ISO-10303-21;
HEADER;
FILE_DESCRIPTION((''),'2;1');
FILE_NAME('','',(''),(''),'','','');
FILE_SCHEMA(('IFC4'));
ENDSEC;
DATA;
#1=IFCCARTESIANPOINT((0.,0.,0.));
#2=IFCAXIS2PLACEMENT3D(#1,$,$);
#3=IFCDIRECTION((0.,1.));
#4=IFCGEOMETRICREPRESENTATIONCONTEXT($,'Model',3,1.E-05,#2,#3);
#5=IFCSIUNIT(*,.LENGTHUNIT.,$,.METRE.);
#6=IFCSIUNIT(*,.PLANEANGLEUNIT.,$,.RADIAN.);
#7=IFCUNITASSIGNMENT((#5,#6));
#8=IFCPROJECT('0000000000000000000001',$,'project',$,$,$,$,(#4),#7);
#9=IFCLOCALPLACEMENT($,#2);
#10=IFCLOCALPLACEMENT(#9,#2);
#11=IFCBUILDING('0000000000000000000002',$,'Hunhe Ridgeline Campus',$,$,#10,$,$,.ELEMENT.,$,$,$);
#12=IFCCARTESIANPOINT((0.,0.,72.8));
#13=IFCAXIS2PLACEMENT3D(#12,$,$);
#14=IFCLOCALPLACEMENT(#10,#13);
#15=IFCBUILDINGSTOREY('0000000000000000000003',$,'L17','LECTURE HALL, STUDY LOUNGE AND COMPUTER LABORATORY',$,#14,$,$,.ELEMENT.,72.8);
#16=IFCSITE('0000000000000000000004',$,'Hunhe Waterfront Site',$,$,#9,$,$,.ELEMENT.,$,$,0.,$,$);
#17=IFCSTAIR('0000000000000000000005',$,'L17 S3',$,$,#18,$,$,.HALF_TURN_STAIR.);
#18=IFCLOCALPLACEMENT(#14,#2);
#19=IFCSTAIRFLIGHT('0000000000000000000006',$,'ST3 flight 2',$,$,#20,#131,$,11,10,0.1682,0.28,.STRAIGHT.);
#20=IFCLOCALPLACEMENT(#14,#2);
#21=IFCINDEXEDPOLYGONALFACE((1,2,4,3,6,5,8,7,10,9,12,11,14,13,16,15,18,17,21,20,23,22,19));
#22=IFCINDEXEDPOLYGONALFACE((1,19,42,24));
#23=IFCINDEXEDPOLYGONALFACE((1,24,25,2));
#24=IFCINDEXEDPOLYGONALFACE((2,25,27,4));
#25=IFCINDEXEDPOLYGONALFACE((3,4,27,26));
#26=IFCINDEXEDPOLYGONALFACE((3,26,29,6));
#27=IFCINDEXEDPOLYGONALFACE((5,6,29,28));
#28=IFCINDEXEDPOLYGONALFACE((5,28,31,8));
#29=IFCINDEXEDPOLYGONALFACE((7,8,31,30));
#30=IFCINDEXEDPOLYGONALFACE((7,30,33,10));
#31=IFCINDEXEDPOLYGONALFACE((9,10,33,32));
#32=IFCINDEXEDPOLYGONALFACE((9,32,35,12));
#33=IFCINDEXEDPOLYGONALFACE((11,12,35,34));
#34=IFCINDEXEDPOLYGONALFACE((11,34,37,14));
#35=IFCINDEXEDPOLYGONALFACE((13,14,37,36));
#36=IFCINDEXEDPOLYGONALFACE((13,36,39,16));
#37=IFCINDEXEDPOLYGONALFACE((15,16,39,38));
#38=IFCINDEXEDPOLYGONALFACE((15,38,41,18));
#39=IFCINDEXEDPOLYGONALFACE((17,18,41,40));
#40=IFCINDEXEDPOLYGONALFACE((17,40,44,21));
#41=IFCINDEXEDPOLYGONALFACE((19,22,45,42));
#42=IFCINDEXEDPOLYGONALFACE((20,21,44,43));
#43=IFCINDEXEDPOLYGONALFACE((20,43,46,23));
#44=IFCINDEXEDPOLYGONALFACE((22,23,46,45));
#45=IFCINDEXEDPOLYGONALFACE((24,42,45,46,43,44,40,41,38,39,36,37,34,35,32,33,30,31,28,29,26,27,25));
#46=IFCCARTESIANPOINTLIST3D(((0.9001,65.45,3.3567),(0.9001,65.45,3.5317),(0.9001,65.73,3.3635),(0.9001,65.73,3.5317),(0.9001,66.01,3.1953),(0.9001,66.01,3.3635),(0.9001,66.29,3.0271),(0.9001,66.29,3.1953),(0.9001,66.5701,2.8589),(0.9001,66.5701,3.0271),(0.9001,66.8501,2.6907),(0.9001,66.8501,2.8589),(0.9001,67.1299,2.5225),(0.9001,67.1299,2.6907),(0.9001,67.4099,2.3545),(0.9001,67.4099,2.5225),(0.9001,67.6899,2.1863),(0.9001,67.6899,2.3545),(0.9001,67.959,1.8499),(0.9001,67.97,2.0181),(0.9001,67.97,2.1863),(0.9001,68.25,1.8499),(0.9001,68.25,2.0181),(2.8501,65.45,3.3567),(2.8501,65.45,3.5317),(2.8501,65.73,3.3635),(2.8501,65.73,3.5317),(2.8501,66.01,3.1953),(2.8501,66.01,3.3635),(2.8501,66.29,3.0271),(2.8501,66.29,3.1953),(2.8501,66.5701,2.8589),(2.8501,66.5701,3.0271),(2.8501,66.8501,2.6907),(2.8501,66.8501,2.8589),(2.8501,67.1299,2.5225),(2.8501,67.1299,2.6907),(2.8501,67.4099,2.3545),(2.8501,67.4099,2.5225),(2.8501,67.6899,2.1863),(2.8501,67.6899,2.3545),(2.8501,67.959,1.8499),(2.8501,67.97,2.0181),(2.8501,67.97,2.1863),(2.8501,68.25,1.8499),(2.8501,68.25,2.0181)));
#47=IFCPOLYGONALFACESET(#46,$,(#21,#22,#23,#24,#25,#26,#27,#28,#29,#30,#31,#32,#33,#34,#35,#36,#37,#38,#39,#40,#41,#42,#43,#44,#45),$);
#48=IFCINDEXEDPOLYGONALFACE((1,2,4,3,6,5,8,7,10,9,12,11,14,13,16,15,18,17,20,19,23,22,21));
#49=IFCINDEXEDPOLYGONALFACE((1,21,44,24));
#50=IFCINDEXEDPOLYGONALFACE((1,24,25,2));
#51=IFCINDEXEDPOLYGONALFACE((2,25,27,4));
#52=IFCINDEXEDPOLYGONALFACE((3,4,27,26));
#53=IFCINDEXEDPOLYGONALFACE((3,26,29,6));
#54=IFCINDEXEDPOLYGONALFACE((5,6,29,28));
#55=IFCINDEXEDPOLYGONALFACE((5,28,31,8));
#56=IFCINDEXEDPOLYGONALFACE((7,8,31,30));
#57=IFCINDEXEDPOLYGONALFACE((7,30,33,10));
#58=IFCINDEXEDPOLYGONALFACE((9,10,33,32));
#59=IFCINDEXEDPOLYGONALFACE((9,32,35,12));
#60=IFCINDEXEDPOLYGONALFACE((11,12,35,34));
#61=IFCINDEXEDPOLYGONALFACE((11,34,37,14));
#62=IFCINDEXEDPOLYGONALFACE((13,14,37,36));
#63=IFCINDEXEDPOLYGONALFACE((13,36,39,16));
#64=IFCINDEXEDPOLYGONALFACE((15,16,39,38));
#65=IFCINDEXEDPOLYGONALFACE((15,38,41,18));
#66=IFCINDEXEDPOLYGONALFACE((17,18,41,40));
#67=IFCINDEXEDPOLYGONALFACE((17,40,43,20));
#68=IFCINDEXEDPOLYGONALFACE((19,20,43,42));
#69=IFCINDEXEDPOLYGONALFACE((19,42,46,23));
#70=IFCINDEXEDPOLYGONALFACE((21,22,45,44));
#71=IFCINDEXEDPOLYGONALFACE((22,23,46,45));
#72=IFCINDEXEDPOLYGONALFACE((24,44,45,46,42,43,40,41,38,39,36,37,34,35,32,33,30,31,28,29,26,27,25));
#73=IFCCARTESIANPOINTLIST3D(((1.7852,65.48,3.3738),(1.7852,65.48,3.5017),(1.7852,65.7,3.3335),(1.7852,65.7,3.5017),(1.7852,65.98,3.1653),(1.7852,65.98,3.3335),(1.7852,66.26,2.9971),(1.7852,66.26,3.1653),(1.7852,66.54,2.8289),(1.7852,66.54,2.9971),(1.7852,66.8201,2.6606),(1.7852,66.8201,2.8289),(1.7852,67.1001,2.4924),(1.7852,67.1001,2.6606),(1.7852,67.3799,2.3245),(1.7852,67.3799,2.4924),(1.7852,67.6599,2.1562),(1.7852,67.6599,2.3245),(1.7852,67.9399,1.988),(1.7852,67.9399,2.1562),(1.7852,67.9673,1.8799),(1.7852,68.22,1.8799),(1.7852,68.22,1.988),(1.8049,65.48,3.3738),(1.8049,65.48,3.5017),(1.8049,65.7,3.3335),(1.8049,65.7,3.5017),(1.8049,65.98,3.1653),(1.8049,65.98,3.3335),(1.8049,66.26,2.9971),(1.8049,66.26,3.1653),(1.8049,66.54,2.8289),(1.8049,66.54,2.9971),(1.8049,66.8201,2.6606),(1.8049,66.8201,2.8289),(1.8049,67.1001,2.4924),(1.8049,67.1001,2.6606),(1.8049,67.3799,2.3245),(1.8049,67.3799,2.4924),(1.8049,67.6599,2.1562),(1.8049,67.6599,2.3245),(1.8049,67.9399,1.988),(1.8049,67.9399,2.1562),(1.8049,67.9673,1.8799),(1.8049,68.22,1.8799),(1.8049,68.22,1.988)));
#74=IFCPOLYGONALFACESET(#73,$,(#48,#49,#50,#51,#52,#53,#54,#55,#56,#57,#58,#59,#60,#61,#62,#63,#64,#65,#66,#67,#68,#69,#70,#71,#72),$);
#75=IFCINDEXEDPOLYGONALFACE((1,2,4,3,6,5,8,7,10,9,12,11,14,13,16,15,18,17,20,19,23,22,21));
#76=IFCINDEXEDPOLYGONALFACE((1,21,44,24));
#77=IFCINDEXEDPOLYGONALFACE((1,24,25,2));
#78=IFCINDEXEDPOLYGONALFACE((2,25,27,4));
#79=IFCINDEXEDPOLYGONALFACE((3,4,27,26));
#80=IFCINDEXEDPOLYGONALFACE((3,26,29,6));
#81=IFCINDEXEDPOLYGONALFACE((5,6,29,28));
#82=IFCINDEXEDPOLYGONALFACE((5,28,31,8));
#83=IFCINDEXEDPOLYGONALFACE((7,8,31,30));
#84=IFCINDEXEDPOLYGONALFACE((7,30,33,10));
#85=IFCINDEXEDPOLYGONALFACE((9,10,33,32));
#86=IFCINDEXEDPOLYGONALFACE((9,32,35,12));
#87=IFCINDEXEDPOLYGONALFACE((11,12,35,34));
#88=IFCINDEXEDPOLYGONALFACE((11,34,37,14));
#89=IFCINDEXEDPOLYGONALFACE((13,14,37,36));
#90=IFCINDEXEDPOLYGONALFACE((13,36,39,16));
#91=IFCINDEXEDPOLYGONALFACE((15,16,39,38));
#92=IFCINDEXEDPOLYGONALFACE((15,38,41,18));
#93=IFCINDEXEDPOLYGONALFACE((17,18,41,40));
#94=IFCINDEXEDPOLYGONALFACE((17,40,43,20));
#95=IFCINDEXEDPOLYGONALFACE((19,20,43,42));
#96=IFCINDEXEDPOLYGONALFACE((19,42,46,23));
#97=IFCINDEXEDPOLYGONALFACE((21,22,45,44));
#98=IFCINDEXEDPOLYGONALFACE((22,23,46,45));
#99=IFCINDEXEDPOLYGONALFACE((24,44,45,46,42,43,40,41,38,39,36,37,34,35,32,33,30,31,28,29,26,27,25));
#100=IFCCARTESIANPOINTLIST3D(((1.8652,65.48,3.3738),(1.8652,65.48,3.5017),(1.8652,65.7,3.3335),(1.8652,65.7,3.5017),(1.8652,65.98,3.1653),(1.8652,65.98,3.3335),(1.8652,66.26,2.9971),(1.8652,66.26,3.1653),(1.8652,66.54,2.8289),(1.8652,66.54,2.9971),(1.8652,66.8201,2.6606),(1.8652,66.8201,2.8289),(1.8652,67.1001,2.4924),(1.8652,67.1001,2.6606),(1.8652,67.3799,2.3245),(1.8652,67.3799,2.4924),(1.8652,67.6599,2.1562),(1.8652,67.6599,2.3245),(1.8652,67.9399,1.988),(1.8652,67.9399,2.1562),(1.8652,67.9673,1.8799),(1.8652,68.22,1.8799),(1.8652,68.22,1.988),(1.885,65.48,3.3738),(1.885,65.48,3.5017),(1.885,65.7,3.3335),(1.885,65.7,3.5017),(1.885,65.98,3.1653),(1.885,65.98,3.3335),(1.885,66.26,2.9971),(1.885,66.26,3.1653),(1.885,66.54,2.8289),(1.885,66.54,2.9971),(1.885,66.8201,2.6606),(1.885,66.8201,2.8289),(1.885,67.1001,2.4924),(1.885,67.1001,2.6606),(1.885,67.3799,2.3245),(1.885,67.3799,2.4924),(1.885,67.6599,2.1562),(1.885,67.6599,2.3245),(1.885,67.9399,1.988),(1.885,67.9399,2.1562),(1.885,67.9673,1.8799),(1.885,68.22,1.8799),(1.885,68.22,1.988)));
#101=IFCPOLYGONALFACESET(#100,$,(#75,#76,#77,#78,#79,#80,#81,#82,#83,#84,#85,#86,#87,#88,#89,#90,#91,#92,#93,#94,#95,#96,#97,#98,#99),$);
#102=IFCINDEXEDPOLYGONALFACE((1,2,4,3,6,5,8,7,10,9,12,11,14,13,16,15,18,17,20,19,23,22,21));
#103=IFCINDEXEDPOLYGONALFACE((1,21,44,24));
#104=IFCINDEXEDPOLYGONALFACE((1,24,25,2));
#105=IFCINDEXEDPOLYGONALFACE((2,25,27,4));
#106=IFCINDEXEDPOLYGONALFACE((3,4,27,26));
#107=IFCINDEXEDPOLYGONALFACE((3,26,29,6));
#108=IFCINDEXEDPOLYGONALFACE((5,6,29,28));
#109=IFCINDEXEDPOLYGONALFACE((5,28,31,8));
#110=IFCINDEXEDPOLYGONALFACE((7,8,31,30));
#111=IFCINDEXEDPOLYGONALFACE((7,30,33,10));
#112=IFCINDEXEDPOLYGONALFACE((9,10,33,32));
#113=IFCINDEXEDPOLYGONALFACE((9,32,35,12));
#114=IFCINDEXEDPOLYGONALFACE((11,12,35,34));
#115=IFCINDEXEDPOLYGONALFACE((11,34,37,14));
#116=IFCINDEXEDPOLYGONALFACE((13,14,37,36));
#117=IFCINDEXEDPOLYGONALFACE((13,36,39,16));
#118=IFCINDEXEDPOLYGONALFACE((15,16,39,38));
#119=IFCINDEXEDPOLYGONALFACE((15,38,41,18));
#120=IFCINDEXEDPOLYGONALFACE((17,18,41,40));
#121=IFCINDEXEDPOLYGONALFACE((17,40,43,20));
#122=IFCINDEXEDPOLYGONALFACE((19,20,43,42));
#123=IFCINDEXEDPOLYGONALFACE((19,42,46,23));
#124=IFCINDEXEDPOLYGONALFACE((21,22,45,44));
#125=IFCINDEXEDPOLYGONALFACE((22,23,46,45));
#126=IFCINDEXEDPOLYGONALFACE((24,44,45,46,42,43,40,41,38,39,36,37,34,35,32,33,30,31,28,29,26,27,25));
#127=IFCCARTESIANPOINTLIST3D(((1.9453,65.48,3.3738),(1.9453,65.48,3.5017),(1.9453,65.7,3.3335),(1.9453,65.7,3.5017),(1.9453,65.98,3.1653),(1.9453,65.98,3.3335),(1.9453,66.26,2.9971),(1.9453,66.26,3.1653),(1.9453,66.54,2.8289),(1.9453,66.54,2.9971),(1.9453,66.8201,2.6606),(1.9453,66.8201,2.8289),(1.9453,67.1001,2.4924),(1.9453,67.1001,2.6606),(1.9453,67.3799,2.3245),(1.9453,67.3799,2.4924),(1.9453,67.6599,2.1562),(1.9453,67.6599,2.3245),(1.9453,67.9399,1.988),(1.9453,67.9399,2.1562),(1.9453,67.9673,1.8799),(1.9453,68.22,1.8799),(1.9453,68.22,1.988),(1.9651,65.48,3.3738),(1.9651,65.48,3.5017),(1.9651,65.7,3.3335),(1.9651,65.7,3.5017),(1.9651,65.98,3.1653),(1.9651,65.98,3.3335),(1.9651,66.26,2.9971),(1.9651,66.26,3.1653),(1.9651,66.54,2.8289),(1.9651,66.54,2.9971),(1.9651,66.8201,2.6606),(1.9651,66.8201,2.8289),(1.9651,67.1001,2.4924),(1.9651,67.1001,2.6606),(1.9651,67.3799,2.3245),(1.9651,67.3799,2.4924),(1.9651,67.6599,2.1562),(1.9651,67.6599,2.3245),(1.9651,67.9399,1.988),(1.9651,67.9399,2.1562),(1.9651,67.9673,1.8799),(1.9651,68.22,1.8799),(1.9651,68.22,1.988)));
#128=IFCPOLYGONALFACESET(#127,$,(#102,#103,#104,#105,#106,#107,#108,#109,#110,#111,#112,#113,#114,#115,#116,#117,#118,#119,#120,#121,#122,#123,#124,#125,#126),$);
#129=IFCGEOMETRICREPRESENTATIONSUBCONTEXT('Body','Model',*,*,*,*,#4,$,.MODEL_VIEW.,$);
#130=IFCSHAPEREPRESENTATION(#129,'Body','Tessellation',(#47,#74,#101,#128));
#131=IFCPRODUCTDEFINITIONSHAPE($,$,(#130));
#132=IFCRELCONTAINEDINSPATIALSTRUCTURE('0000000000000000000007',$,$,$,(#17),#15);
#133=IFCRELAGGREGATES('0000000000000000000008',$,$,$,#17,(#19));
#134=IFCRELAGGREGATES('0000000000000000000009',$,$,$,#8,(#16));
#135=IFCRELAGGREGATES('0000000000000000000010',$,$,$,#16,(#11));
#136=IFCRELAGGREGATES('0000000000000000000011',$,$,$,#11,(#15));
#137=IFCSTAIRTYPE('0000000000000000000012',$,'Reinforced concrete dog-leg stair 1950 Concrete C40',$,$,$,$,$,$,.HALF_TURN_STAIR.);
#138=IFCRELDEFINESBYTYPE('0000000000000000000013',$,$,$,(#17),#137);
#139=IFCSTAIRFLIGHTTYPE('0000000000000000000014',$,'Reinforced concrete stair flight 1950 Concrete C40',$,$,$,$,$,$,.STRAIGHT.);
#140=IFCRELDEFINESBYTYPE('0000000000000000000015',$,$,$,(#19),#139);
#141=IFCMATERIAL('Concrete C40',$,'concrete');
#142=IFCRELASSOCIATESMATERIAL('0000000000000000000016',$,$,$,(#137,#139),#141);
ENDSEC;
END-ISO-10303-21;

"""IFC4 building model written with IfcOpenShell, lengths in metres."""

from ifc_helpers import new_model, si_unit, direction, frame, origin, place, context, subcontext, project, spatial, polyline, outline, extrude, material, type_object, element, aggregate, save


model = new_model("IFC4")

# Units and contexts
model_context = context("Model", 3, precision=1e-05, world=origin(), true_north=direction((0.0, 1.0)))
body_context = subcontext(model_context, "Body", "Model", "MODEL_VIEW")
ifc_project = project(units=[si_unit("LENGTHUNIT", "METRE"), si_unit("PLANEANGLEUNIT", "RADIAN")], contexts=[model_context])

# Site, building, storey
site_placement = place(None, origin())
site = spatial("IfcSite", under=ifc_project, at=site_placement, Name="Hunhe Waterfront Site", CompositionType="ELEMENT", RefElevation=0.0)
building_placement = place(site_placement, origin())
building = spatial("IfcBuilding", under=site, at=building_placement, Name="Hunhe Ridgeline Campus", CompositionType="ELEMENT")
storey_placement = place(building_placement, frame((0.0, 0.0, 72.8)))
storey = spatial("IfcBuildingStorey", under=building, at=storey_placement, Name="L17", Description="LECTURE HALL, STUDY LOUNGE AND COMPUTER LABORATORY", CompositionType="ELEMENT", Elevation=72.8)

# Stair, stair flight
ifc_material_1 = material(Name="Concrete C40", Category="concrete")
stair_type = type_object("IfcStairType", Name="Reinforced concrete dog-leg stair 1950 Concrete C40", PredefinedType="HALF_TURN_STAIR", material=ifc_material_1)
stair_1_placement = place(storey_placement, origin())
stair_1 = element("IfcStair", 1, at=stair_1_placement, inside=storey, type_object=stair_type, Name="L17 S3", PredefinedType="HALF_TURN_STAIR")
stair_flight_type = type_object("IfcStairFlightType", Name="Reinforced concrete stair flight 1950 Concrete C40", PredefinedType="STRAIGHT", material=ifc_material_1)
stair_flight_1_placement = place(storey_placement, frame((1.875, 68.25, 1.8499), z_axis=(0.0, 0.0, 1.0), x_axis=(0.0, -1.0, 0.0)))
stair_flight_1 = element("IfcStairFlight", 2, at=stair_flight_1_placement, type_object=stair_flight_type, Name="ST3 flight 2", NumberOfRisers=11, NumberOfTreads=10, PredefinedType="STRAIGHT", RiserHeight=0.1682, TreadLength=0.28, context=body_context, shape_type="SweptSolid", body=[
    extrude(outline(polyline([(0.0, 0.0), (0.0, 0.1682), (0.28, 0.1682), (0.28, 0.3364), (0.5601, 0.3364), (0.5601, 0.5046), (0.8401, 0.5046), (0.8401, 0.6726), (1.1201, 0.6726), (1.1201, 0.8408), (1.3999, 0.8408), (1.3999, 1.009), (1.6799, 1.009), (1.6799, 1.1772), (1.96, 1.1772), (1.96, 1.3455), (2.24, 1.3455), (2.24, 1.5137), (2.52, 1.5137), (2.52, 1.6819), (2.8, 1.6819), (2.8, 1.8501), (2.8, 1.5068), (0.291, 0.0), (0.0, 0.0)])), frame((0.0, 0.9751, 0.0), z_axis=(0.0, -1.0, 0.0), x_axis=(1.0, 0.0, 0.0)), (0.0, 0.0, 1.0), 1.95),
    extrude(outline(polyline([(0.03, 0.03), (0.03, 0.1382), (0.3101, 0.1382), (0.3101, 0.3064), (0.5901, 0.3064), (0.5901, 0.4746), (0.8701, 0.4746), (0.8701, 0.6426), (1.1499, 0.6426), (1.1499, 0.8108), (1.4299, 0.8108), (1.4299, 0.979), (1.71, 0.979), (1.71, 1.1472), (1.99, 1.1472), (1.99, 1.3154), (2.27, 1.3154), (2.27, 1.4836), (2.55, 1.4836), (2.55, 1.6519), (2.77, 1.6519), (2.77, 1.5239), (0.2827, 0.03), (0.03, 0.03)])), frame((0.0, -0.0701, 0.0), z_axis=(0.0, -1.0, 0.0), x_axis=(1.0, 0.0, 0.0)), (0.0, 0.0, 1.0), 0.0198),
    extrude(outline(polyline([(0.03, 0.03), (0.03, 0.1382), (0.3101, 0.1382), (0.3101, 0.3064), (0.5901, 0.3064), (0.5901, 0.4746), (0.8701, 0.4746), (0.8701, 0.6426), (1.1499, 0.6426), (1.1499, 0.8108), (1.4299, 0.8108), (1.4299, 0.979), (1.71, 0.979), (1.71, 1.1472), (1.99, 1.1472), (1.99, 1.3154), (2.27, 1.3154), (2.27, 1.4836), (2.55, 1.4836), (2.55, 1.6519), (2.77, 1.6519), (2.77, 1.5239), (0.2827, 0.03), (0.03, 0.03)])), frame((0.0, 0.01, 0.0), z_axis=(0.0, -1.0, 0.0), x_axis=(1.0, 0.0, 0.0)), (0.0, 0.0, 1.0), 0.0198),
    extrude(outline(polyline([(0.03, 0.03), (0.03, 0.1382), (0.3101, 0.1382), (0.3101, 0.3064), (0.5901, 0.3064), (0.5901, 0.4746), (0.8701, 0.4746), (0.8701, 0.6426), (1.1499, 0.6426), (1.1499, 0.8108), (1.4299, 0.8108), (1.4299, 0.979), (1.71, 0.979), (1.71, 1.1472), (1.99, 1.1472), (1.99, 1.3154), (2.27, 1.3154), (2.27, 1.4836), (2.55, 1.4836), (2.55, 1.6519), (2.77, 1.6519), (2.77, 1.5239), (0.2827, 0.03), (0.03, 0.03)])), frame((0.0, 0.0901, 0.0), z_axis=(0.0, -1.0, 0.0), x_axis=(1.0, 0.0, 0.0)), (0.0, 0.0, 1.0), 0.0198),
])
aggregate(stair_1, [stair_flight_1])

save(model, "model.ifc")
